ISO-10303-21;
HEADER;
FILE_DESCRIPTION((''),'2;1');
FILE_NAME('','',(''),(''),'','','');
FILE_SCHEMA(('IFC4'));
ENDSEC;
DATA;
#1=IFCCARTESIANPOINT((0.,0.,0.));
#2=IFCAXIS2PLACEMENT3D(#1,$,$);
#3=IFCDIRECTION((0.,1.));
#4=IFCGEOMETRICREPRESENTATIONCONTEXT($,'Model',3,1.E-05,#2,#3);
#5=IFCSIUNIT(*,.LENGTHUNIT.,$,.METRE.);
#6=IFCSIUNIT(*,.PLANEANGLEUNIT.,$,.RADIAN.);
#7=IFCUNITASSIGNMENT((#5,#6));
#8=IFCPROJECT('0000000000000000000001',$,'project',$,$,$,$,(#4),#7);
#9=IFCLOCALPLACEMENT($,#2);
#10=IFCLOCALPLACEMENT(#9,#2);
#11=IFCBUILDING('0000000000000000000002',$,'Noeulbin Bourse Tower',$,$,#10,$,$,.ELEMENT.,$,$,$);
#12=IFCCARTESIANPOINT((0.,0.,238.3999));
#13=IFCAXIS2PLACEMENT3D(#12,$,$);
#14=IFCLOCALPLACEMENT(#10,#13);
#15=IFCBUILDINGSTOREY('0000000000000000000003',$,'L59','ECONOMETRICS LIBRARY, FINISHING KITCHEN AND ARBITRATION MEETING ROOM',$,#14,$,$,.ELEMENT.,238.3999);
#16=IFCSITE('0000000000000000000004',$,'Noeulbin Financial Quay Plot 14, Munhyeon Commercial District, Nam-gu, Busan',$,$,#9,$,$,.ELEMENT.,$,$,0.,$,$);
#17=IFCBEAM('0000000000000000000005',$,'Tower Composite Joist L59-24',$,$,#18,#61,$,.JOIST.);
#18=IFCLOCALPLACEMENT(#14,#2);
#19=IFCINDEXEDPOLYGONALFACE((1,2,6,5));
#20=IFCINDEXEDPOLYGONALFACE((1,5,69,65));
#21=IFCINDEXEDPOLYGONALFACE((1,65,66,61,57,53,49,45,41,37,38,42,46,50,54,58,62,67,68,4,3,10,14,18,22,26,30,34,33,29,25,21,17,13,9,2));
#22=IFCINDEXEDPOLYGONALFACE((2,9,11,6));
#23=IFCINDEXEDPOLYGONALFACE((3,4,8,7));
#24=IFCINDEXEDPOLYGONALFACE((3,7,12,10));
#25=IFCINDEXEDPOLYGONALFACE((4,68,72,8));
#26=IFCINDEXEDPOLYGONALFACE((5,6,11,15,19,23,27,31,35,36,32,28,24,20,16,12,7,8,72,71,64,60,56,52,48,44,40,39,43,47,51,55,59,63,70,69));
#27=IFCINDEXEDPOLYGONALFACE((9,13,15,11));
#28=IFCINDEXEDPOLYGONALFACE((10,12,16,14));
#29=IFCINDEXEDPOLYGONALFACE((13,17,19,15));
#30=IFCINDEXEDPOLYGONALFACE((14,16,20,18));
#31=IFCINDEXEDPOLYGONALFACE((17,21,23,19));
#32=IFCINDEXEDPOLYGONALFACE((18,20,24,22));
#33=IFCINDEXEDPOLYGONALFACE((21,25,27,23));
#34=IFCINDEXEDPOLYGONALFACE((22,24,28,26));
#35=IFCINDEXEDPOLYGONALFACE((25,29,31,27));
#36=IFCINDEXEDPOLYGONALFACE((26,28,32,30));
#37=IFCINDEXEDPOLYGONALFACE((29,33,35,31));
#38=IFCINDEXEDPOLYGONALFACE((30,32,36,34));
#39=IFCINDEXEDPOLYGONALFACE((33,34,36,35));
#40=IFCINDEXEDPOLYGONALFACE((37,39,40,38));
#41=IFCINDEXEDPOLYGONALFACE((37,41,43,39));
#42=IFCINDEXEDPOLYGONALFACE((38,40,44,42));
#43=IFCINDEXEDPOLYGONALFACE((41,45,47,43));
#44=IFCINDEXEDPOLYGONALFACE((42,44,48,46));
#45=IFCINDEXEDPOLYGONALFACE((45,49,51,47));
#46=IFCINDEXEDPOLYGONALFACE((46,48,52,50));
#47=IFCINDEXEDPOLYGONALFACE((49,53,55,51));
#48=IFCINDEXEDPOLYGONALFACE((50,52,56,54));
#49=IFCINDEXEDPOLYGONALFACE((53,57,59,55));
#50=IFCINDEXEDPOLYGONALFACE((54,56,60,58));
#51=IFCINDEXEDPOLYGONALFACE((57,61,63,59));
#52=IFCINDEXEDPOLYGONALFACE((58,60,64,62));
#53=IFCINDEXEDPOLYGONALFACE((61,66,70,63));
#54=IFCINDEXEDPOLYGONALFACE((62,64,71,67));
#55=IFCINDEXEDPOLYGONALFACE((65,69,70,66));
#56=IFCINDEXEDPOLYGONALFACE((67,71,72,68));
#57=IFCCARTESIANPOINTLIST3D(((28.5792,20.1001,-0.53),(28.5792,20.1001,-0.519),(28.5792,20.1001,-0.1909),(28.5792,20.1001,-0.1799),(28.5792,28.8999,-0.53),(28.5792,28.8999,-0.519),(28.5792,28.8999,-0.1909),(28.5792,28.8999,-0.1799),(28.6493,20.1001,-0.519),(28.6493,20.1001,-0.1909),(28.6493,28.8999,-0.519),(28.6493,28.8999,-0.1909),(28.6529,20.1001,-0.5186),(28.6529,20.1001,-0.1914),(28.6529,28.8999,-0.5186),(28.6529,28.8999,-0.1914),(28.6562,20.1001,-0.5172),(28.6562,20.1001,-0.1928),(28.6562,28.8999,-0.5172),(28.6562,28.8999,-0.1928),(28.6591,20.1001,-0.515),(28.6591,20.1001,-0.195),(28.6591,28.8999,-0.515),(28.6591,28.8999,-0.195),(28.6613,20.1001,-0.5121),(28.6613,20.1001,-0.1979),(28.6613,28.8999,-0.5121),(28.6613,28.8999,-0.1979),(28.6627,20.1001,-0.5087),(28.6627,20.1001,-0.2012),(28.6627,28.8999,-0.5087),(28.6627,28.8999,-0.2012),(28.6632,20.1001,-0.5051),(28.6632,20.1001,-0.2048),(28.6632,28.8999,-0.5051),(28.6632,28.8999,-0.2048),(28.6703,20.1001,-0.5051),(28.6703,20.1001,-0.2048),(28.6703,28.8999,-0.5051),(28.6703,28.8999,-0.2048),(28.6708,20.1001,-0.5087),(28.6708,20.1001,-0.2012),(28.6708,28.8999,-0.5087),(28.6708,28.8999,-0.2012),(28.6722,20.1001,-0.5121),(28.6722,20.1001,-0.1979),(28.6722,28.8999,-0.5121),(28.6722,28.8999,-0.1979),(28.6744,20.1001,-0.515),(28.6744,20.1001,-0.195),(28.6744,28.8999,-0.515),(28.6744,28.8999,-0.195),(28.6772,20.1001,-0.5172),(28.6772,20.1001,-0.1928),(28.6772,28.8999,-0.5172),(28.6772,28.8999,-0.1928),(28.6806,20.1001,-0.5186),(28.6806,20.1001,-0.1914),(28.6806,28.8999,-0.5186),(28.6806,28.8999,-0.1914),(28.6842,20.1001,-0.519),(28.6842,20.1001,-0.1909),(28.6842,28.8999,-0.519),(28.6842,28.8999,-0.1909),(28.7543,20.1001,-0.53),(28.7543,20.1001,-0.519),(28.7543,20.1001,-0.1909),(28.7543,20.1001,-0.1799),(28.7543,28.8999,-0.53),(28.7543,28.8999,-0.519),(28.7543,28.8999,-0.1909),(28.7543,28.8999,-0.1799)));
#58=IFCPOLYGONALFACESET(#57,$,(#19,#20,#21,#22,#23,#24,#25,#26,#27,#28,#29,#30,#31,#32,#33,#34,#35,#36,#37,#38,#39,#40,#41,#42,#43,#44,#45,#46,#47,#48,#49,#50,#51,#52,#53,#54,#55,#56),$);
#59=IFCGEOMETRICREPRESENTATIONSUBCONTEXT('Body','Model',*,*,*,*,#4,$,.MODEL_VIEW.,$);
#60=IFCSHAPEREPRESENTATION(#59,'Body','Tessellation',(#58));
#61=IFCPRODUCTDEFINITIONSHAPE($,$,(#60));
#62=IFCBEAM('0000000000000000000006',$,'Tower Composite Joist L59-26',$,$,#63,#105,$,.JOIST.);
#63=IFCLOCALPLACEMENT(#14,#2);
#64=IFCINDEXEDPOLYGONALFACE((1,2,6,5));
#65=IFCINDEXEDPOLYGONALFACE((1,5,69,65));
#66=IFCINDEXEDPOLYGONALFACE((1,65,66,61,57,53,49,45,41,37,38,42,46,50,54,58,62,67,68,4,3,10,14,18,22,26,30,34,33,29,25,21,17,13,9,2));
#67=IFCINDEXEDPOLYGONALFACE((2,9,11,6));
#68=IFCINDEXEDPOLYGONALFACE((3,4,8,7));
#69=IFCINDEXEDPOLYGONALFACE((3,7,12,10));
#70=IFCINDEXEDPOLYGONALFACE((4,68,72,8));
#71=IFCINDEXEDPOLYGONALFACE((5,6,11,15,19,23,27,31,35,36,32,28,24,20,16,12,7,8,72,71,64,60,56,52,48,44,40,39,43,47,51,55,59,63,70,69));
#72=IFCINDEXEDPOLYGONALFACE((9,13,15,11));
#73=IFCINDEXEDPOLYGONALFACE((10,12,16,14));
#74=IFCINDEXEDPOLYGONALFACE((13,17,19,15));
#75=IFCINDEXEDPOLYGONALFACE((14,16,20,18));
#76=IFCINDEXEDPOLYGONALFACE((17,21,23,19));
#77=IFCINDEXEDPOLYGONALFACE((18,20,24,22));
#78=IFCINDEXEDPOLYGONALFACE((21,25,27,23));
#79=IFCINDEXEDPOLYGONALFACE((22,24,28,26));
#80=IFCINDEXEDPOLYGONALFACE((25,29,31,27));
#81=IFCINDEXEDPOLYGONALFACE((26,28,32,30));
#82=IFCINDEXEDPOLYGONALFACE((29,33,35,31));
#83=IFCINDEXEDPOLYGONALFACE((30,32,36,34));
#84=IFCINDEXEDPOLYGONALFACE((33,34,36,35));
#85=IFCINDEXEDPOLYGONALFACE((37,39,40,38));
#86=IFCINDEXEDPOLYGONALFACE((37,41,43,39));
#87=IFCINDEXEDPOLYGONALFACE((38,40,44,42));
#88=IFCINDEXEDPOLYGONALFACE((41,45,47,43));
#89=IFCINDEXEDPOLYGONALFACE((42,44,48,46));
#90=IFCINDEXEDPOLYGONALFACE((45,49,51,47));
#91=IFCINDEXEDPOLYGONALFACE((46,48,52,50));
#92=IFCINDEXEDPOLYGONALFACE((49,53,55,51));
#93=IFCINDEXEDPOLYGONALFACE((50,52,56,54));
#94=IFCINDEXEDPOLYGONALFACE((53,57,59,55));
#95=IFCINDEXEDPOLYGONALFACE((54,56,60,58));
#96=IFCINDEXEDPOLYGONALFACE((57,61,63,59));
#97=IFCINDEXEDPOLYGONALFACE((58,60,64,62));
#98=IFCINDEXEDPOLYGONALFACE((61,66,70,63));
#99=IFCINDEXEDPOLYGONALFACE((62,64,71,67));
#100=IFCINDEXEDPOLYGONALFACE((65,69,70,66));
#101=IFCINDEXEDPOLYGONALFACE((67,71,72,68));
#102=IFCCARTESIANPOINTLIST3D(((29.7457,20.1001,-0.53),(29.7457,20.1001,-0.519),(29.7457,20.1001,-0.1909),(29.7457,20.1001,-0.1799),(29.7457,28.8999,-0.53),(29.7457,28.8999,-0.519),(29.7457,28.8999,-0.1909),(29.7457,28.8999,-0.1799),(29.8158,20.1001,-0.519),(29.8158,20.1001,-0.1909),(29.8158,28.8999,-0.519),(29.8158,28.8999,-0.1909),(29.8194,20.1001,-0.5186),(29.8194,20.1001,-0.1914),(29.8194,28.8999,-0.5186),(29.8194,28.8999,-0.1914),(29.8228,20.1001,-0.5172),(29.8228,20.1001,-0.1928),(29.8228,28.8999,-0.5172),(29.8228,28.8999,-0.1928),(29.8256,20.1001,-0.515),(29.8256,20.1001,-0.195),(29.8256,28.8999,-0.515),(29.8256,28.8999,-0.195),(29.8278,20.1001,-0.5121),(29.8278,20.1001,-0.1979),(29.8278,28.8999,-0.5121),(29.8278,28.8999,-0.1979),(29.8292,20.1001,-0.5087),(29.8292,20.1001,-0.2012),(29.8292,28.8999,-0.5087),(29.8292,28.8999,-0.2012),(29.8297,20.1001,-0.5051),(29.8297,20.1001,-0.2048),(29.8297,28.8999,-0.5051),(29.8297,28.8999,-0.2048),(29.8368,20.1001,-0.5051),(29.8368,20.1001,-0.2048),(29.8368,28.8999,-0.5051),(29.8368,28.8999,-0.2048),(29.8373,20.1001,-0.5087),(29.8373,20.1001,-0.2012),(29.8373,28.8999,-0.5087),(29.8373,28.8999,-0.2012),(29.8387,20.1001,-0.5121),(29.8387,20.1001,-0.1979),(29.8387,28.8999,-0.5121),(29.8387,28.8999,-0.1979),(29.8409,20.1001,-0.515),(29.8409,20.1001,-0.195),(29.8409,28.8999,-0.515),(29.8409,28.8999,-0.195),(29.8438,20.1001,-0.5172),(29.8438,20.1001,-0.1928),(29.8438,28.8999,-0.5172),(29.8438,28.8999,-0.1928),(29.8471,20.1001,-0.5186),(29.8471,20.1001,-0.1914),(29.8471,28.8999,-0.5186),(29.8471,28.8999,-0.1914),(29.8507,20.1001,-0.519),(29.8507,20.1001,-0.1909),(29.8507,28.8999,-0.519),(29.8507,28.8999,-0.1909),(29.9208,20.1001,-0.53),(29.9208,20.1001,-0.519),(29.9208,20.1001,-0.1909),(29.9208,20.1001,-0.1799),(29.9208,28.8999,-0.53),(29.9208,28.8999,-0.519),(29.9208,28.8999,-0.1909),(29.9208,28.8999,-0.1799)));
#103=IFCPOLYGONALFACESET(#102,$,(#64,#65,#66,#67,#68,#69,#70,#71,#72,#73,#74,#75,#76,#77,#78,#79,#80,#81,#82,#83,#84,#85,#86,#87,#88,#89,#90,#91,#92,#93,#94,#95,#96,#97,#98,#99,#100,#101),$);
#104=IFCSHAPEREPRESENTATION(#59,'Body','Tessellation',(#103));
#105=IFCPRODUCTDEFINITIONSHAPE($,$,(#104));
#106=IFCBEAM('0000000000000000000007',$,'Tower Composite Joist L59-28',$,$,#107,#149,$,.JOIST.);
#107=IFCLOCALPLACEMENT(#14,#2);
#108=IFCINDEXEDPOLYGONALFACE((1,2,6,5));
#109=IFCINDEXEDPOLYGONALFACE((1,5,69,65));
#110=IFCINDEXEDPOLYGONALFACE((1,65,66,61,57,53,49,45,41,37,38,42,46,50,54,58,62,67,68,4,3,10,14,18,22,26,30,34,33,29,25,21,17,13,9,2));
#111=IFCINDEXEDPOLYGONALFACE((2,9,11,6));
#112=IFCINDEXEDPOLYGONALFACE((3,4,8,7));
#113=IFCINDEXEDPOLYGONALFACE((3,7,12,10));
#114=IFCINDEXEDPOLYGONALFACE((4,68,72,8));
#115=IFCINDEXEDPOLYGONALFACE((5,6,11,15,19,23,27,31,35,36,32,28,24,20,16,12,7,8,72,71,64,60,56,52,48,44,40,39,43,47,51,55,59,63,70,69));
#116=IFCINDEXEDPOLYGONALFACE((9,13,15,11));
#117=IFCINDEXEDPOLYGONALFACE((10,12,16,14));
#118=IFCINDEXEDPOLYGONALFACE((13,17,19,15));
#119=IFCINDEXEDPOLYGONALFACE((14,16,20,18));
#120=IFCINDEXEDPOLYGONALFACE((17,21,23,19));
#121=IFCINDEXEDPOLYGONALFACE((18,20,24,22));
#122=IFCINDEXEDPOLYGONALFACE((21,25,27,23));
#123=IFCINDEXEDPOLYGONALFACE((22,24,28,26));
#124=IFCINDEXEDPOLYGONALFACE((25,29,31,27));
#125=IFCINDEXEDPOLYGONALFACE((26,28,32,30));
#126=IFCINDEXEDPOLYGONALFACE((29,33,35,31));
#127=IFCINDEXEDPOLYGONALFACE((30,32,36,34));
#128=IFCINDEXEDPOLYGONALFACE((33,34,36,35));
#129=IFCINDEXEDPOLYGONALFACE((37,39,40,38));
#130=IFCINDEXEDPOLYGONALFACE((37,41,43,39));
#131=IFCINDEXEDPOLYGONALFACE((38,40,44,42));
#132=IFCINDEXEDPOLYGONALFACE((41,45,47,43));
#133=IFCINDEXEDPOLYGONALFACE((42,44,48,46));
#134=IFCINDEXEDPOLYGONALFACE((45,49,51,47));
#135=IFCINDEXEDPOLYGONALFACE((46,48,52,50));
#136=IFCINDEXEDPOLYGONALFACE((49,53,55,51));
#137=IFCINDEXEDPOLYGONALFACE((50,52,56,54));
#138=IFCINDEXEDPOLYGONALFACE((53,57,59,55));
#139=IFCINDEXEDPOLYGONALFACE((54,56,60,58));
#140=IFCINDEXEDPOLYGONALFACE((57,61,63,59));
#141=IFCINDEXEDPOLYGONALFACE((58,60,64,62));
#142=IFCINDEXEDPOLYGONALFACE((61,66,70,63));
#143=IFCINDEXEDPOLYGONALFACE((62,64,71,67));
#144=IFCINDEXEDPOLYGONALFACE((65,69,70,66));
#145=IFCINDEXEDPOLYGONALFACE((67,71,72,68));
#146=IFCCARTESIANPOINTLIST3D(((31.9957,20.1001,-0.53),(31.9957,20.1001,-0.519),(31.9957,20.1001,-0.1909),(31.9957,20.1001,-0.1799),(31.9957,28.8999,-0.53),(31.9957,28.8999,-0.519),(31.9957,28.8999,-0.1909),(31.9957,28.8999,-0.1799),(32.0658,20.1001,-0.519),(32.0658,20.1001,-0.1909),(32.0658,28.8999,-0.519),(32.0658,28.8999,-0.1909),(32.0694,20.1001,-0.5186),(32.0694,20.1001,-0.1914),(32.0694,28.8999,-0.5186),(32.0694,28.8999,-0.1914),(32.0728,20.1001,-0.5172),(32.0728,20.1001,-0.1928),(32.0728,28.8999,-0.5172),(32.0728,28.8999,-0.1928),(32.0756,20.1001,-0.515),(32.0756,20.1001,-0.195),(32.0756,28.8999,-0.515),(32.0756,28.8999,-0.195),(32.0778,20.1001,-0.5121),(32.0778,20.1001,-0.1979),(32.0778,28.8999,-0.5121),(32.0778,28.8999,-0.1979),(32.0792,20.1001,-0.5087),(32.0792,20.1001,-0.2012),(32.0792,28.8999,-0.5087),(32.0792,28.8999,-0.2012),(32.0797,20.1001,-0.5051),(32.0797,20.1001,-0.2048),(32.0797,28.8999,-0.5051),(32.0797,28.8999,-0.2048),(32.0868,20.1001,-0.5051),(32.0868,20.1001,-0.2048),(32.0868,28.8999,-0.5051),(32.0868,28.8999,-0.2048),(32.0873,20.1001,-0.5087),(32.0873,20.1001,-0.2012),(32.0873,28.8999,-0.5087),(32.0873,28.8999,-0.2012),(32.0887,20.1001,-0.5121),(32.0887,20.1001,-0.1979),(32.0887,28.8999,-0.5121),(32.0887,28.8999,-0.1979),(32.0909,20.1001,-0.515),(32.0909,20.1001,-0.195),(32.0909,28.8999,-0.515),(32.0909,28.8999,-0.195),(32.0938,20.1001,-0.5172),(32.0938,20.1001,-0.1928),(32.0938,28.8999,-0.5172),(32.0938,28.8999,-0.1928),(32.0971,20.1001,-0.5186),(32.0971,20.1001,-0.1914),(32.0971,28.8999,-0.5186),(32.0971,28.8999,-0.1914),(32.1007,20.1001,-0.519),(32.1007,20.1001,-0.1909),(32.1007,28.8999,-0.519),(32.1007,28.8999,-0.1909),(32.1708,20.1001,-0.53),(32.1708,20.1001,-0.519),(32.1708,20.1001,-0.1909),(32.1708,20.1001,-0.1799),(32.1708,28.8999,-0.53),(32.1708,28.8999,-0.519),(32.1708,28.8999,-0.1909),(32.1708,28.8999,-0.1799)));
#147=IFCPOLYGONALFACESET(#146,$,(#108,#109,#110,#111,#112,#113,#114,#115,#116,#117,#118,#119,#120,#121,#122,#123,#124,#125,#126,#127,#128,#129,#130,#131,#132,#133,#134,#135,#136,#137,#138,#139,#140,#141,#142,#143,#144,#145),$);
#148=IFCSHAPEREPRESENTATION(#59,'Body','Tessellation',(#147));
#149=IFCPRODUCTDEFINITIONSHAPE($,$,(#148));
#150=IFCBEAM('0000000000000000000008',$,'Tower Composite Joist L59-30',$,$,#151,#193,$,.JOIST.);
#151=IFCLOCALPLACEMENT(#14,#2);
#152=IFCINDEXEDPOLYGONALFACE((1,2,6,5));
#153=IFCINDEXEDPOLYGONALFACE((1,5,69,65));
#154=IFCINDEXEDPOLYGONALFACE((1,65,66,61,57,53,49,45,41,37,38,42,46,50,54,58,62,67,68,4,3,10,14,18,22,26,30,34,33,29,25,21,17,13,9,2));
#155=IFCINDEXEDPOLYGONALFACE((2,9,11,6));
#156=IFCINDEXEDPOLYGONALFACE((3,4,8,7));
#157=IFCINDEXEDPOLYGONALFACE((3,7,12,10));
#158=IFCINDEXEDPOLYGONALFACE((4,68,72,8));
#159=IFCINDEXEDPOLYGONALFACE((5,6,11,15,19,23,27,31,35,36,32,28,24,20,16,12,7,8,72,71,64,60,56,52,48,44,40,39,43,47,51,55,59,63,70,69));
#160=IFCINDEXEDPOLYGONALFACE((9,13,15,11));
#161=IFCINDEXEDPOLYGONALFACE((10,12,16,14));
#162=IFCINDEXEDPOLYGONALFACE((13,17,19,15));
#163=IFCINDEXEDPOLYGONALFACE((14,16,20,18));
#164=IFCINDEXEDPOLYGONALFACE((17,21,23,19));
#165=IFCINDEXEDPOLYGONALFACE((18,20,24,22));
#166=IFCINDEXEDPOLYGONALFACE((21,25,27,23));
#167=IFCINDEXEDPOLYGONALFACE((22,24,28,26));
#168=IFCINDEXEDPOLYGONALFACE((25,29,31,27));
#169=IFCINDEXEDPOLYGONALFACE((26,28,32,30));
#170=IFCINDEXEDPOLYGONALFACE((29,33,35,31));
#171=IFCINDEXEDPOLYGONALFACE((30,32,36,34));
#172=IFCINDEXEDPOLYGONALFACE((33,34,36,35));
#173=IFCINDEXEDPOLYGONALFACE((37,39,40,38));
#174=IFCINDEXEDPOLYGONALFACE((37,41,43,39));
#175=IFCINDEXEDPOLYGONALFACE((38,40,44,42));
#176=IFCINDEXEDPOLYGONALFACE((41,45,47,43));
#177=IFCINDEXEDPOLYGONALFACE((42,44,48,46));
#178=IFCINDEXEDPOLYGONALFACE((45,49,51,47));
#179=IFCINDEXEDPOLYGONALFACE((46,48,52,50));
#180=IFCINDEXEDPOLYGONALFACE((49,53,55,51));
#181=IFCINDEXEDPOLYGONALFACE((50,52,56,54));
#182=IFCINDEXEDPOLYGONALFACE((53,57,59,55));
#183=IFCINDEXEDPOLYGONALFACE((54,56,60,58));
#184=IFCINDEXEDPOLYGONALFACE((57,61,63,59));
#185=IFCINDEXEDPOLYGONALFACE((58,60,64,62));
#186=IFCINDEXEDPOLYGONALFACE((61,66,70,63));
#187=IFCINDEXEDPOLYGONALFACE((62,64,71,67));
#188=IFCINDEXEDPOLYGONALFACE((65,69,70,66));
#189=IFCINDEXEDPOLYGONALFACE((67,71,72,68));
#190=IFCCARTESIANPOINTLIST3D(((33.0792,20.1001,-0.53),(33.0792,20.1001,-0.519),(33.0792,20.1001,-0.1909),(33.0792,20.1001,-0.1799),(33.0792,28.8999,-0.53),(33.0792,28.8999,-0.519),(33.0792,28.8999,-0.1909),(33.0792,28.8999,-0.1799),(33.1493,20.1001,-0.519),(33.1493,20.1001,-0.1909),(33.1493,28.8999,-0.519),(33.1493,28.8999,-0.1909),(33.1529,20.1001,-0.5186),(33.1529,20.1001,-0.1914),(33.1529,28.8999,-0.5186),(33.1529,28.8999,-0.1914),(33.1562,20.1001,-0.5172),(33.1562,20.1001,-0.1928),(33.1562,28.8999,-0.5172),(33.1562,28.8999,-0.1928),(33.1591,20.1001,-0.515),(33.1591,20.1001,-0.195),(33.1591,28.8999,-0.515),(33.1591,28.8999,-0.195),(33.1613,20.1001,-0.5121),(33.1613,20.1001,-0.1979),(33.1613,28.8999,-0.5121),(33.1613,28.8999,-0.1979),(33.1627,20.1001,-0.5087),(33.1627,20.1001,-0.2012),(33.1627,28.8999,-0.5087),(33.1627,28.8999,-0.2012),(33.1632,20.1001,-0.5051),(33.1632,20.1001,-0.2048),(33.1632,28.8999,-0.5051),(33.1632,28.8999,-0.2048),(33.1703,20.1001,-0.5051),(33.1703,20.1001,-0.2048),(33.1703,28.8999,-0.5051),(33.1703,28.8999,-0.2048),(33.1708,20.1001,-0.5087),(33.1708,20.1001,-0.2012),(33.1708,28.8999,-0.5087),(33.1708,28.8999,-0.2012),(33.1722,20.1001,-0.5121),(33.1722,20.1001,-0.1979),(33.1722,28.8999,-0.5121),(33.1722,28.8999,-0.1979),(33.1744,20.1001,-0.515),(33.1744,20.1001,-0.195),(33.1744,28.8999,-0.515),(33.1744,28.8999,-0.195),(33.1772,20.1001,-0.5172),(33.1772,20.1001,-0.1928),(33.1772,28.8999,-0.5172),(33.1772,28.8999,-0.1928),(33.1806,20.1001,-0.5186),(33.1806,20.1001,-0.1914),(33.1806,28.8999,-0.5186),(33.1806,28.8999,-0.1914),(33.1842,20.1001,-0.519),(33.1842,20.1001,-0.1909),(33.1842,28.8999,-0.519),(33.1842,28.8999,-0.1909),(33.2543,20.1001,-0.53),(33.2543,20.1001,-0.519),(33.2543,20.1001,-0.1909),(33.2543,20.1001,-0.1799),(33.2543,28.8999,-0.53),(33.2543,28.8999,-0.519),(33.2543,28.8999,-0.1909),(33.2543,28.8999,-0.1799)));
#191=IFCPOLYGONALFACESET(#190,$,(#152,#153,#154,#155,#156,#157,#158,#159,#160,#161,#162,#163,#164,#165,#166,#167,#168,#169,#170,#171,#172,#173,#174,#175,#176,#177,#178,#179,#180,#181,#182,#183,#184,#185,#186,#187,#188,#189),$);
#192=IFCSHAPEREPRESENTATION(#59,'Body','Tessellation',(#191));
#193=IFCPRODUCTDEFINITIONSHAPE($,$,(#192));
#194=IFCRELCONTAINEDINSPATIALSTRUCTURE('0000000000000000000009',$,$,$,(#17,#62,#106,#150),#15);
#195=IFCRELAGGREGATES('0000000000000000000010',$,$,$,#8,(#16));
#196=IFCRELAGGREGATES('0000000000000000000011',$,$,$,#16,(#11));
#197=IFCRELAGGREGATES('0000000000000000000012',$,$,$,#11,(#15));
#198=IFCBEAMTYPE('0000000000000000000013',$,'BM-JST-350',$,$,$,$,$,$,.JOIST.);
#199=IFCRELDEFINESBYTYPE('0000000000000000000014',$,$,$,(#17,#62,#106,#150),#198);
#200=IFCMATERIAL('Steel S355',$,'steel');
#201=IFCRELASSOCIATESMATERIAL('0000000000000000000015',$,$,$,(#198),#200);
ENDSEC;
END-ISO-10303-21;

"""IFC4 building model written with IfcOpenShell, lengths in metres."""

from ifc_helpers import new_model, si_unit, direction, frame, origin, origin_2d, place, context, subcontext, project, spatial, i_section, extrude, material, material_profile, profile_set, type_object, element, save


model = new_model("IFC4")

# Units and contexts
model_context = context("Model", 3, precision=1e-05, world=origin(), true_north=direction((0.0, 1.0)))
body_context = subcontext(model_context, "Body", "Model", "MODEL_VIEW")
ifc_project = project(units=[si_unit("LENGTHUNIT", "METRE"), si_unit("PLANEANGLEUNIT", "RADIAN")], contexts=[model_context])

# Site, building, storey
site_placement = place(None, origin())
site = spatial("IfcSite", under=ifc_project, at=site_placement, Name="Noeulbin Financial Quay Plot 14, Munhyeon Commercial District, Nam-gu, Busan", CompositionType="ELEMENT", RefElevation=0.0)
building_placement = place(site_placement, origin())
building = spatial("IfcBuilding", under=site, at=building_placement, Name="Noeulbin Bourse Tower", CompositionType="ELEMENT")
storey_placement = place(building_placement, frame((0.0, 0.0, 238.3999)))
storey = spatial("IfcBuildingStorey", under=building, at=storey_placement, Name="L59", Description="ECONOMETRICS LIBRARY, FINISHING KITCHEN AND ARBITRATION MEETING ROOM", CompositionType="ELEMENT", Elevation=238.3999)

# Shared definitions
ifc_material_1 = material(Name="Steel S355", Category="steel")

# Beams
ifc_material_profile_1 = material_profile(ifc_material_1, i_section(OverallWidth=0.175, OverallDepth=0.3501, WebThickness=0.0071, FlangeThickness=0.011, FilletRadius=0.0139, at=origin_2d()), Name="H-350x175x7x11", Category="LoadBearing")
ifc_profile_set_1 = profile_set([ifc_material_profile_1], Name="Steel S355")
beam_type = type_object("IfcBeamType", Name="BM-JST-350", PredefinedType="JOIST", material=ifc_profile_set_1)
for number, where, z_axis, x_axis, name in (
    (1, (28.6667, 20.1001, -0.355), (0.0, 1.0, 0.0), (-1.0, 0.0, 0.0), "Tower Composite Joist L59-24"),
    (2, (29.8333, 20.1001, -0.355), (0.0, 1.0, 0.0), (-1.0, 0.0, 0.0), "Tower Composite Joist L59-26"),
    (3, (32.0833, 20.1001, -0.355), (0.0, 1.0, 0.0), (-1.0, 0.0, 0.0), "Tower Composite Joist L59-28"),
    (4, (33.1667, 20.1001, -0.355), (0.0, 1.0, 0.0), (-1.0, 0.0, 0.0), "Tower Composite Joist L59-30"),
):
    element("IfcBeam", number, at=place(storey_placement, frame(where, z_axis=z_axis, x_axis=x_axis)), inside=storey, type_object=beam_type, Name=name, PredefinedType="JOIST", context=body_context, shape_type="SweptSolid", body=[
        extrude(i_section(OverallWidth=0.175, OverallDepth=0.3501, WebThickness=0.0071, FlangeThickness=0.011, FilletRadius=0.0139, at=origin_2d()), origin(), (0.0, 0.0, 1.0), 8.7998),
    ])

save(model, "model.ifc")
